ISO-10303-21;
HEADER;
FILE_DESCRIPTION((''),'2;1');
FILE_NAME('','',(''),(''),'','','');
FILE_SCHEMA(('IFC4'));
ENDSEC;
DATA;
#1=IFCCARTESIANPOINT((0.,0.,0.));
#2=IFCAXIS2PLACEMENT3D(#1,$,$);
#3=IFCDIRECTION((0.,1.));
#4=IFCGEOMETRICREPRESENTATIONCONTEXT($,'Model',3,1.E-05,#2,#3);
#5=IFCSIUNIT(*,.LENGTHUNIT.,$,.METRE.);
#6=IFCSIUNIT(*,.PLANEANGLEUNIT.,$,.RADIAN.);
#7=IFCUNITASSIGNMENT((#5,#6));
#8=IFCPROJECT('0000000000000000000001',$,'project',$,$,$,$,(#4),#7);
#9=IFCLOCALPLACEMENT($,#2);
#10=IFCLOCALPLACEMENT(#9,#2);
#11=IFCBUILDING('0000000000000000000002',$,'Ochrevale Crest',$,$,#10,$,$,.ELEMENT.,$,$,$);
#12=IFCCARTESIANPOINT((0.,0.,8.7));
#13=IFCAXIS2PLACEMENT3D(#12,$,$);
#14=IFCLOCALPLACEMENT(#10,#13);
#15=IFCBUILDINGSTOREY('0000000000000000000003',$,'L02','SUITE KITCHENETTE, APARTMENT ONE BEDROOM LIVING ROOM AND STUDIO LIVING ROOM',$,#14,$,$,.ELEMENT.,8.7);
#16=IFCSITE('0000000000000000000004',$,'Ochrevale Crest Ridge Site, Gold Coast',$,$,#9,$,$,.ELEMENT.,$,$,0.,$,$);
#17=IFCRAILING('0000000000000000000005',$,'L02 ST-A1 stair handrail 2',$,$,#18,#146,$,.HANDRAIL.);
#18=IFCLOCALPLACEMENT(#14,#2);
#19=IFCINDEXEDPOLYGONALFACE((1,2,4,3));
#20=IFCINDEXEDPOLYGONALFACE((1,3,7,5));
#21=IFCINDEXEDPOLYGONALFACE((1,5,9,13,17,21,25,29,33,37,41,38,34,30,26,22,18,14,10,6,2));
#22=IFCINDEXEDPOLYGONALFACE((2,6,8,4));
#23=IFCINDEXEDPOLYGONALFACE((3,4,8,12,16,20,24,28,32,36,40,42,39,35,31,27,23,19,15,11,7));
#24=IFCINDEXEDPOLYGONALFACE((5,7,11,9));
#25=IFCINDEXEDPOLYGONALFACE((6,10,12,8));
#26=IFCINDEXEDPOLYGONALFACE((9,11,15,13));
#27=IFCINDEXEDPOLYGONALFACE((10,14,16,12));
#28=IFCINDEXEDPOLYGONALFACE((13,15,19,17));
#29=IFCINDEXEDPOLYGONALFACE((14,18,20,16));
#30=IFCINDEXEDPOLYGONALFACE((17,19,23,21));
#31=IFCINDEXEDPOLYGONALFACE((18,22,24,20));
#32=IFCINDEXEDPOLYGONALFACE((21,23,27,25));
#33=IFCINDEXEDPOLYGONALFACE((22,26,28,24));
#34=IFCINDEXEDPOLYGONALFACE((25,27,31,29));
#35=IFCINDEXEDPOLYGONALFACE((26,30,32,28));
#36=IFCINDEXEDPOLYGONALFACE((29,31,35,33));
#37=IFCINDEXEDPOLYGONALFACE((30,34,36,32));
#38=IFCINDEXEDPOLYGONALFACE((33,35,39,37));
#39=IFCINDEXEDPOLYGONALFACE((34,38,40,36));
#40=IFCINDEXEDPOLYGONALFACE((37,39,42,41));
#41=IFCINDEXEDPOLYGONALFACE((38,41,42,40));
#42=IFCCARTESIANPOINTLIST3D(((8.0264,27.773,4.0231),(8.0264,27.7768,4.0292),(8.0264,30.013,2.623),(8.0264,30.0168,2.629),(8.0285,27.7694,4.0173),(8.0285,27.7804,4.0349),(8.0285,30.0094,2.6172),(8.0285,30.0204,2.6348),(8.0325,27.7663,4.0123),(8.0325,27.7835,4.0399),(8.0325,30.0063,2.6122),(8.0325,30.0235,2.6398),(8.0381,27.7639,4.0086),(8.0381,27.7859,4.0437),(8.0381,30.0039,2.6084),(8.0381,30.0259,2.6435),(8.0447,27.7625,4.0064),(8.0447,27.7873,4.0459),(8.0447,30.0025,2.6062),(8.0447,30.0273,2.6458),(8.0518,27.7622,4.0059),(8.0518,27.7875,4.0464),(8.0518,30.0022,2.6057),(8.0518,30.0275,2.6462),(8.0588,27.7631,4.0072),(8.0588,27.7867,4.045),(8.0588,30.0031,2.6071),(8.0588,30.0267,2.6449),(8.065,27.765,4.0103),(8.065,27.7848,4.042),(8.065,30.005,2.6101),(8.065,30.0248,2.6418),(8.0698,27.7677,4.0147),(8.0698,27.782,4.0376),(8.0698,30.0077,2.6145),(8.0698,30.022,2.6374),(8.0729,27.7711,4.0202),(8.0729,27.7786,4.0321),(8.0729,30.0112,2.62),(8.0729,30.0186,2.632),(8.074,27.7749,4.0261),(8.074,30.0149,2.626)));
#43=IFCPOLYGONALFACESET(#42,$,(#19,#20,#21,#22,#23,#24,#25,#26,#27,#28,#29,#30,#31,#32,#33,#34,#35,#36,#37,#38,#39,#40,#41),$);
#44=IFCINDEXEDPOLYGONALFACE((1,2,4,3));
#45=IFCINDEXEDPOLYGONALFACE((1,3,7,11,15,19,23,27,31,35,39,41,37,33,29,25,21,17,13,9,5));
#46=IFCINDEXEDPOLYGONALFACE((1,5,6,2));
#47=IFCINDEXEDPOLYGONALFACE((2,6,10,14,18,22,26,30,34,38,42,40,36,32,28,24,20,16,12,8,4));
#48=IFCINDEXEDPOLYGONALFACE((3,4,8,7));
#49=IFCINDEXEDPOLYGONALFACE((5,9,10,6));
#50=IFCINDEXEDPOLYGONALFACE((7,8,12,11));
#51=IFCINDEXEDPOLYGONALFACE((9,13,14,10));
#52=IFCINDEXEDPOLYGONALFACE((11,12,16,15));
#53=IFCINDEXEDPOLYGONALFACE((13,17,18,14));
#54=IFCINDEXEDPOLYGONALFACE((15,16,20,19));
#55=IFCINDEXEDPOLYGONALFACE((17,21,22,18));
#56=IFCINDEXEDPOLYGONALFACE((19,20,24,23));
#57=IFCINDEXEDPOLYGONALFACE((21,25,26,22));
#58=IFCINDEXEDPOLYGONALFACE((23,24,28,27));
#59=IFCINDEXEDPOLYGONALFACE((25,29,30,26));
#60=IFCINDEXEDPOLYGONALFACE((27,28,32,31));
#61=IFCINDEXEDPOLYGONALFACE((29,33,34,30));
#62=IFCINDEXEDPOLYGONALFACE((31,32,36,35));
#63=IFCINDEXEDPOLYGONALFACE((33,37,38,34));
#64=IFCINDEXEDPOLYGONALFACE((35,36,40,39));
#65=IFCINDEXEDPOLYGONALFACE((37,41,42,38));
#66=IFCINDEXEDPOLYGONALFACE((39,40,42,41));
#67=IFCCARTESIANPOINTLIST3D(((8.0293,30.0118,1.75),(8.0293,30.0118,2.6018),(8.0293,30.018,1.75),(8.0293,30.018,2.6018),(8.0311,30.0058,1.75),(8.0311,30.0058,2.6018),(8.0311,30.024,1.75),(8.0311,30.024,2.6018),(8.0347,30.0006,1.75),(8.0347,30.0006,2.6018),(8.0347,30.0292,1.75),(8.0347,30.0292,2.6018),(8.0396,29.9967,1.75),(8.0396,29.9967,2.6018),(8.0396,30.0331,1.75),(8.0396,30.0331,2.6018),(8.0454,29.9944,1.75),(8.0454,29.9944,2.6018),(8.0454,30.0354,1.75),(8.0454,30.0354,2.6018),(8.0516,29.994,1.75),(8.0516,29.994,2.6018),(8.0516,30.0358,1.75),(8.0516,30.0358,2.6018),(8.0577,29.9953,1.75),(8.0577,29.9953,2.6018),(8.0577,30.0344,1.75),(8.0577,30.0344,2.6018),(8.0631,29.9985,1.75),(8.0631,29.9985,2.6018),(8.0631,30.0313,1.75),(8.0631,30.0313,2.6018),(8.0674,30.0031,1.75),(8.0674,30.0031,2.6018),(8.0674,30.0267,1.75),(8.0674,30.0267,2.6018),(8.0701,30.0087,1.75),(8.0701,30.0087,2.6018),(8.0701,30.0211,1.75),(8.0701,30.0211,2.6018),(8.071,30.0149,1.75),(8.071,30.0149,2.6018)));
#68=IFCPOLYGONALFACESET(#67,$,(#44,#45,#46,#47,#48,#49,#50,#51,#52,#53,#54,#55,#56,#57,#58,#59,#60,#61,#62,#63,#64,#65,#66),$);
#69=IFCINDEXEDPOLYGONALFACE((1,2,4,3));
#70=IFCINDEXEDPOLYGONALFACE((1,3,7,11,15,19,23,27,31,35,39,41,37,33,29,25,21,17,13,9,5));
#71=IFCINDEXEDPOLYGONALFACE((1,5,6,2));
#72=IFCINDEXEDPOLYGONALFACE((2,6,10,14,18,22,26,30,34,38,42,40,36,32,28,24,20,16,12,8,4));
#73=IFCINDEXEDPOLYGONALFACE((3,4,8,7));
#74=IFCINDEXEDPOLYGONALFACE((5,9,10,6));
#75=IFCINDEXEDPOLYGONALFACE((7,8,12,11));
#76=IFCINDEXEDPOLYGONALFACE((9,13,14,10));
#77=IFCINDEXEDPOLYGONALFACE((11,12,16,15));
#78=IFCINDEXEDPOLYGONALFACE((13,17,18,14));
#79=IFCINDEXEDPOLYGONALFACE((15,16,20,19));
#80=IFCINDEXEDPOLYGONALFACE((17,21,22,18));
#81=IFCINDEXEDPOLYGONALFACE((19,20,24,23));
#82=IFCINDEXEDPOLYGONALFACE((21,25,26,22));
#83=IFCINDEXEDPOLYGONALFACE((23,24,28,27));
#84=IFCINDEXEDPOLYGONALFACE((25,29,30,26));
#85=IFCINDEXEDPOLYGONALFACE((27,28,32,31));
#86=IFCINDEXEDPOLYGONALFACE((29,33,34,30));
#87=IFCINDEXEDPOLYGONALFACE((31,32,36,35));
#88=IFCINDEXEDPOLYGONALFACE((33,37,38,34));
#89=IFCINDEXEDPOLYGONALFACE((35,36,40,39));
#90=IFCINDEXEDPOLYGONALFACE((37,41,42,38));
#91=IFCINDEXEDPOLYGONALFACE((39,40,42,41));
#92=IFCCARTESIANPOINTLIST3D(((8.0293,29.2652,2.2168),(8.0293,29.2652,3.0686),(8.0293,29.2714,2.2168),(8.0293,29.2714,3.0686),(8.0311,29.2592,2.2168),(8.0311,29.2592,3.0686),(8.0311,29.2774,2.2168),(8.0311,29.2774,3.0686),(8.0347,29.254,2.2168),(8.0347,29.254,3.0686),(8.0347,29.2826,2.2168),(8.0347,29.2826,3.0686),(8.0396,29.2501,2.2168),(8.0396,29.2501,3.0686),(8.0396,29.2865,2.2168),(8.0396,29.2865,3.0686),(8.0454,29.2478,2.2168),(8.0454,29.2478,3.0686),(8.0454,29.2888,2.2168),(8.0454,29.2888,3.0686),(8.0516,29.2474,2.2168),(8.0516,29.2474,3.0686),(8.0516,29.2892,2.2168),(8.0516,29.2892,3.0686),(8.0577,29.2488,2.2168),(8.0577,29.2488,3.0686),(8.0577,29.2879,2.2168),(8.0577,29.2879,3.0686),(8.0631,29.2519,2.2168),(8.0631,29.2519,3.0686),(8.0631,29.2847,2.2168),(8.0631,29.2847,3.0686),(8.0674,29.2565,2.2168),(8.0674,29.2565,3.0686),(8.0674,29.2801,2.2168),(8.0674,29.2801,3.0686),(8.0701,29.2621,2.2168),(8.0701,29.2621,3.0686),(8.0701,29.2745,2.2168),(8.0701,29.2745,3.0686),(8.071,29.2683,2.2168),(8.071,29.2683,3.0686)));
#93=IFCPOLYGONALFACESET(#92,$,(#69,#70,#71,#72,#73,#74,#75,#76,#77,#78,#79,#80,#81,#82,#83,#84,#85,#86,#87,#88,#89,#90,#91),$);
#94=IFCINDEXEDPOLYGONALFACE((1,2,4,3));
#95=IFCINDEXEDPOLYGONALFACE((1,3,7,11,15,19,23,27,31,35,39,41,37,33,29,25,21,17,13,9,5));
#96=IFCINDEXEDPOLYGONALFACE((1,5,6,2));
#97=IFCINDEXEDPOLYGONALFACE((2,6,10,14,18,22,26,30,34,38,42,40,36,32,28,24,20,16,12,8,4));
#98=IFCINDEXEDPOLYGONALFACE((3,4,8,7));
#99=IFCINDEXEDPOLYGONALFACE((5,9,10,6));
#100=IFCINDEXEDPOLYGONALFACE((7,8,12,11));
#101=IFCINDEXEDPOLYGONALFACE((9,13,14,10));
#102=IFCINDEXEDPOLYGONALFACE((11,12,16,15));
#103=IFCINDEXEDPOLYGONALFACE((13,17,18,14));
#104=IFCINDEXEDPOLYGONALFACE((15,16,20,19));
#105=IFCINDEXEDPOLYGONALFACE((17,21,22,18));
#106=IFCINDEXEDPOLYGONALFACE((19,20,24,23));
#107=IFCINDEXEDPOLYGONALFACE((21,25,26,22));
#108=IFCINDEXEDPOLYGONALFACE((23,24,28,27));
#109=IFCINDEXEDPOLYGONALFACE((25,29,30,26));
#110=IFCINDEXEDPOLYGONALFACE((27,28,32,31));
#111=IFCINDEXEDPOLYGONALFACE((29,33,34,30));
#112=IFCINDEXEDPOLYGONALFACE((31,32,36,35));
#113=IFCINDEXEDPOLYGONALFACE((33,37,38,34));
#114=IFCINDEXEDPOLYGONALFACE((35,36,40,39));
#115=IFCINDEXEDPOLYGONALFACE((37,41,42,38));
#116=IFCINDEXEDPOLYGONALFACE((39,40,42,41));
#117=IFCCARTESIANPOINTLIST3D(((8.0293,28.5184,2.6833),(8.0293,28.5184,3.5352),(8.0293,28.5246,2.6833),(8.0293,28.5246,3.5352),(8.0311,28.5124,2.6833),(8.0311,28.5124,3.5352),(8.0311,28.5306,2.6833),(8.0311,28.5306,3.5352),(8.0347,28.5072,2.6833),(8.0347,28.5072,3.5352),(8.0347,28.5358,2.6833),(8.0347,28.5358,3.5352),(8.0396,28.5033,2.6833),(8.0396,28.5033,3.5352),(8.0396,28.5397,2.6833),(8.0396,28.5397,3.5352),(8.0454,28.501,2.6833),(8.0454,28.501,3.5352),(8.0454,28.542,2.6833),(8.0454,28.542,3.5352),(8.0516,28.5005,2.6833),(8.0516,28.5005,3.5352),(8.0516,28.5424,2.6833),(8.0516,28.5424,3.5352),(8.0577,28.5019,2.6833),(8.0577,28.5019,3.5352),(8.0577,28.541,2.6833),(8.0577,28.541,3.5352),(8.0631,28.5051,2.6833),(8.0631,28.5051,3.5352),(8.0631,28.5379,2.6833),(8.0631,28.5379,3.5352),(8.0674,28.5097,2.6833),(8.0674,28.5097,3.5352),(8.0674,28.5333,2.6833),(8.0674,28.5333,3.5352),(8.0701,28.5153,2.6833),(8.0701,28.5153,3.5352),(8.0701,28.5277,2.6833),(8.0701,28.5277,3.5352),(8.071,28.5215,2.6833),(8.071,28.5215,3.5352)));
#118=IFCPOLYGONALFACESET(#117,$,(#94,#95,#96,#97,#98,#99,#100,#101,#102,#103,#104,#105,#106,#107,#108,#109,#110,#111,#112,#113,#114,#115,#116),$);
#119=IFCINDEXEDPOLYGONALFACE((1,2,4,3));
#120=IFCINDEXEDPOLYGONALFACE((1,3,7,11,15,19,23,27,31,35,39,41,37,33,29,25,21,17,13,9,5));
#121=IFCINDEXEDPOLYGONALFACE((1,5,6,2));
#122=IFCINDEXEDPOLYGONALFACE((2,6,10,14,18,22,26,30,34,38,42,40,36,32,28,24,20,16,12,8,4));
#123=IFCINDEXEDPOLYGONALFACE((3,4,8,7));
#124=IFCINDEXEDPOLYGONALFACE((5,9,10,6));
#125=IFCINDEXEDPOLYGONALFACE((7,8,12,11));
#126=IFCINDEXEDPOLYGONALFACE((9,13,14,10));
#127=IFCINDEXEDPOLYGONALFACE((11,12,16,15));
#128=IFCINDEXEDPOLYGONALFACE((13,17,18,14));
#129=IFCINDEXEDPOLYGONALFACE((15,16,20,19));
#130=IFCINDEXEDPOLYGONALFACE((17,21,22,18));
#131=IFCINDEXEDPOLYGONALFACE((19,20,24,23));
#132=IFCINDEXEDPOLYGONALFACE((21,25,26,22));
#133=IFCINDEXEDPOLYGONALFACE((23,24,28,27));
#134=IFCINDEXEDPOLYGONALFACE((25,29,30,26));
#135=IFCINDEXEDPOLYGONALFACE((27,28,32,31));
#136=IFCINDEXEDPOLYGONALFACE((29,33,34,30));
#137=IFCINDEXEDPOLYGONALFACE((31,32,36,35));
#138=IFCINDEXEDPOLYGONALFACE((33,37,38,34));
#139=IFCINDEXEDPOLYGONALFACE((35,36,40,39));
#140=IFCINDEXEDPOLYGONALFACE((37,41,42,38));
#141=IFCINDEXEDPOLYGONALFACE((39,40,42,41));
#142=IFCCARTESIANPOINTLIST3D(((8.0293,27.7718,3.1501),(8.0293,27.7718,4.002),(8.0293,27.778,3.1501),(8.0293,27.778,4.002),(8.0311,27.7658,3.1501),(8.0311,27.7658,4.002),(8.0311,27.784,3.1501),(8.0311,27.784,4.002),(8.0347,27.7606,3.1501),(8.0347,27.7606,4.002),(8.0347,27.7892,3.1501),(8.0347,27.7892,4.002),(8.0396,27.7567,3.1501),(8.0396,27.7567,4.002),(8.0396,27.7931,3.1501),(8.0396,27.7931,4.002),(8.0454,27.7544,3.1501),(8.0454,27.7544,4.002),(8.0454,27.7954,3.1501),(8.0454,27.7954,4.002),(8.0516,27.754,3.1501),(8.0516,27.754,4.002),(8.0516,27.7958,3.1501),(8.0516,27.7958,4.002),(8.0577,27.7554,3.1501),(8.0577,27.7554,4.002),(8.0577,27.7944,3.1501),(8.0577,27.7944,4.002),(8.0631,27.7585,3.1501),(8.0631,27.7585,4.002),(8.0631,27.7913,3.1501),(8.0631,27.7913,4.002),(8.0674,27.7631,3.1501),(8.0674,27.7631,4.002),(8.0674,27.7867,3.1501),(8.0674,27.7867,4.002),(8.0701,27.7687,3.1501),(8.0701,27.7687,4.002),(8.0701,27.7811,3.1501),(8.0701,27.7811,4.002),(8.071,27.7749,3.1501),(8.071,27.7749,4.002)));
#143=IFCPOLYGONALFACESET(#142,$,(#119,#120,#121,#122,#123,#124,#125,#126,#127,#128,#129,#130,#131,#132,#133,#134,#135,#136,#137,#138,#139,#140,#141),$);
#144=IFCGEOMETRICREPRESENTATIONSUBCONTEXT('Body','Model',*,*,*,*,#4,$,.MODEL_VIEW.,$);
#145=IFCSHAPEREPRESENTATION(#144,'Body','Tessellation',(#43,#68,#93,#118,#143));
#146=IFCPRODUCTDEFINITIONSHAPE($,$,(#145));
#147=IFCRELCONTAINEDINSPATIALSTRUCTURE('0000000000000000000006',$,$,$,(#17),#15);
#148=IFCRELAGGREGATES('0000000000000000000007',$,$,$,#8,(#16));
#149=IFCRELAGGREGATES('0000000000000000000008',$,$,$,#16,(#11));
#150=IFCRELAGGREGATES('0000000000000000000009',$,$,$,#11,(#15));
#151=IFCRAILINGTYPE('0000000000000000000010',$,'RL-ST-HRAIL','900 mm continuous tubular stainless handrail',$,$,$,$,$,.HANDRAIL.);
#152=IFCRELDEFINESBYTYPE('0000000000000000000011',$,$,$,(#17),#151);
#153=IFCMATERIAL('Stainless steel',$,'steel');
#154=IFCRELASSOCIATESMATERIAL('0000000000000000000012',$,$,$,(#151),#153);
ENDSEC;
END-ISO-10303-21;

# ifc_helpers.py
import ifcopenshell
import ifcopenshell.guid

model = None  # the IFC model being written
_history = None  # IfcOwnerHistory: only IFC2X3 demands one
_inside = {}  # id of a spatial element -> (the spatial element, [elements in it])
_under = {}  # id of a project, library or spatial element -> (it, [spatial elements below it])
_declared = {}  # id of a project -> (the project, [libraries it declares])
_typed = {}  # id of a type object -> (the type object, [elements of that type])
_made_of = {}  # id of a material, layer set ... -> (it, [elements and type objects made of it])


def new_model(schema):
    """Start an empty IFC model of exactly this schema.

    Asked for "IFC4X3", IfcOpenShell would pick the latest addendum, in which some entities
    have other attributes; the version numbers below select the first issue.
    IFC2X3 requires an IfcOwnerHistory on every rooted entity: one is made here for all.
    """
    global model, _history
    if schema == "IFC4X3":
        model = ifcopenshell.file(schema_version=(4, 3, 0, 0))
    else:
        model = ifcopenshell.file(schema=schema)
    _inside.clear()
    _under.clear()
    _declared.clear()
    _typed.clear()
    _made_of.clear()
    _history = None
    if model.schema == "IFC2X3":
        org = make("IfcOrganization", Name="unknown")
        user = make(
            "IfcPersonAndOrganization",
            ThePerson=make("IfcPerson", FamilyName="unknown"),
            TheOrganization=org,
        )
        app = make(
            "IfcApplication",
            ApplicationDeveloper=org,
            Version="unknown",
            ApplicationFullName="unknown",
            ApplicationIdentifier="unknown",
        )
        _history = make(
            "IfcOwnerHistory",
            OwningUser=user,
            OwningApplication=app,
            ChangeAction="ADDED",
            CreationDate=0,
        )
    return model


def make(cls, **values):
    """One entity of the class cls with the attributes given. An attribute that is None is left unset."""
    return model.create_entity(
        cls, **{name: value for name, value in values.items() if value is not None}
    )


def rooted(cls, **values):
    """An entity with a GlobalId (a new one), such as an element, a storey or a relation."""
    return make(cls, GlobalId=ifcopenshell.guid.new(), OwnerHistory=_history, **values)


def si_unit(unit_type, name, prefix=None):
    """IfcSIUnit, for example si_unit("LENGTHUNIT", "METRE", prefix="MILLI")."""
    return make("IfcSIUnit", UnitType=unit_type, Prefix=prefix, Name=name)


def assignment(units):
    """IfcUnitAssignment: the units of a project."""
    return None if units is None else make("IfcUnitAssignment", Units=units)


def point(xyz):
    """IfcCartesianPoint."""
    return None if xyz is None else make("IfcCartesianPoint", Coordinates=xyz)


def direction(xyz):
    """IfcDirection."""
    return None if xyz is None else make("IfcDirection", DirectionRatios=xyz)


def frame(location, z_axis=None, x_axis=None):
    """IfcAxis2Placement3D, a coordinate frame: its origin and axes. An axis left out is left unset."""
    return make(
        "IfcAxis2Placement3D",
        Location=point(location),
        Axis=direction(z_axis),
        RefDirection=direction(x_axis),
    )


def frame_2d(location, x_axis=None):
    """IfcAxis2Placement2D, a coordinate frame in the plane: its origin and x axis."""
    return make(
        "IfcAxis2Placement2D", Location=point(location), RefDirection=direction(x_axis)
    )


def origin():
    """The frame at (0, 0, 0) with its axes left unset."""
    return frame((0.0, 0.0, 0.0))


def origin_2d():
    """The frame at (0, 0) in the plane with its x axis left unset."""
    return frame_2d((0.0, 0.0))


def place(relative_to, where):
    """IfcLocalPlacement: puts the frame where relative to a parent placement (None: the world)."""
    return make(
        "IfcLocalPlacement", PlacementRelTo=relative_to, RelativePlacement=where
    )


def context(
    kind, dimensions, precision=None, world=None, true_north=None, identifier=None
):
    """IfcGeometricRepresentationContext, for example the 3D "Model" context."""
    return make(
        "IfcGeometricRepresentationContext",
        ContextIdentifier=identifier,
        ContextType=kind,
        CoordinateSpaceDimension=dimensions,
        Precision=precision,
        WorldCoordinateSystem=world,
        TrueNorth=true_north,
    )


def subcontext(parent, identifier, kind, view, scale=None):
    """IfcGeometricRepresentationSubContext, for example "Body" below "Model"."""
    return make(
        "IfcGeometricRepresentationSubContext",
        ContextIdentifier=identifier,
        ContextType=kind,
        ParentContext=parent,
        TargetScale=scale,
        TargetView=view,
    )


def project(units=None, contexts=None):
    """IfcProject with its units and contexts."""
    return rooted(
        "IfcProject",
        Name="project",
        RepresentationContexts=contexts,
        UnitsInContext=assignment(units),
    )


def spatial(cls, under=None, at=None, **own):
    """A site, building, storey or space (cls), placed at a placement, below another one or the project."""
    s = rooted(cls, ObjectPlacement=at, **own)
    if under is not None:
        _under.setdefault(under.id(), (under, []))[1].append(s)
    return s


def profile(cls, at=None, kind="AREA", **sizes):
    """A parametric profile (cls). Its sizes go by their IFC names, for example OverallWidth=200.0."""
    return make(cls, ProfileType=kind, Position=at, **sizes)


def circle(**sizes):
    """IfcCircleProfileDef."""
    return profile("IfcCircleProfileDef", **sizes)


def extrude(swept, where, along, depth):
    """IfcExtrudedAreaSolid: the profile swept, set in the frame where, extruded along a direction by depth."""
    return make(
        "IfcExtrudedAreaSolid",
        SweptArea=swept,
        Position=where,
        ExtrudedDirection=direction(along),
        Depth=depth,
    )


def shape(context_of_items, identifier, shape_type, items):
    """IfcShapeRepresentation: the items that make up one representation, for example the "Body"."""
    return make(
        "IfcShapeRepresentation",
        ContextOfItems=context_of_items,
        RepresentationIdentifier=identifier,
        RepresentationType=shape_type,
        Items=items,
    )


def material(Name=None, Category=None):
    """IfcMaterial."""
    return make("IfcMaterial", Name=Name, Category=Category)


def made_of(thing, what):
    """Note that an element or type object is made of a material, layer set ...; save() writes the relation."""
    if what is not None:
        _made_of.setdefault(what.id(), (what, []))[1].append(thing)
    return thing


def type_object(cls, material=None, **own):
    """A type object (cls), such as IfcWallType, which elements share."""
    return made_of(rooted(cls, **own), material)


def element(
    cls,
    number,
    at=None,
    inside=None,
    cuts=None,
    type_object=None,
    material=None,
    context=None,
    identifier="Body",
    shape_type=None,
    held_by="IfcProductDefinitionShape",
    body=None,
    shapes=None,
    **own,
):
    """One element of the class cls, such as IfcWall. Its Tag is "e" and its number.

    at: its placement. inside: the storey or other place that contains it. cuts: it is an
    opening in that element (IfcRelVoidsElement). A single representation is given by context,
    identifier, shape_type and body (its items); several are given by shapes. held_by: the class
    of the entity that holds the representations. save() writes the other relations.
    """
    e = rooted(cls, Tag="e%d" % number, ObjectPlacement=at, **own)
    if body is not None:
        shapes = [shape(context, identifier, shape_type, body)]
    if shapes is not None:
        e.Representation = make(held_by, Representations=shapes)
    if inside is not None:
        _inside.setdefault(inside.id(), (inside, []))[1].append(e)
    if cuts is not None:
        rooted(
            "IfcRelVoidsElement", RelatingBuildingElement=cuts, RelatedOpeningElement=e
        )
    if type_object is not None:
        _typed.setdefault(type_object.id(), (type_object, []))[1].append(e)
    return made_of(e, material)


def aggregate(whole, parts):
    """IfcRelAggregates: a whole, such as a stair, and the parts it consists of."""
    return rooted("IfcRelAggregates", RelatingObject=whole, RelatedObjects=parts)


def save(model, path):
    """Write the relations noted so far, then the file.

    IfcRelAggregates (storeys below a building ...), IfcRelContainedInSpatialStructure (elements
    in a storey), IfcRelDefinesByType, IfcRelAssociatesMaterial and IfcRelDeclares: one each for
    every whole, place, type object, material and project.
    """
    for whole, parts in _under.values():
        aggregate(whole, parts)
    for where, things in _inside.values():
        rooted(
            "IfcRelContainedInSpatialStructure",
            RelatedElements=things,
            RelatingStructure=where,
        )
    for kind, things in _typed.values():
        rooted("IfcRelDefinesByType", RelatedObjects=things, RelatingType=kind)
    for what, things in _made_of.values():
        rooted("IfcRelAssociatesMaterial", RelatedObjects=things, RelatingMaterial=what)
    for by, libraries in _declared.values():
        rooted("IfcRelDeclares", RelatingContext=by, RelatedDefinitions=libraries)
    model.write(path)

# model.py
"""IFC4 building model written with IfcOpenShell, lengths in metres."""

from ifc_helpers import new_model, si_unit, direction, frame, origin, origin_2d, place, context, subcontext, project, spatial, circle, extrude, material, type_object, element, save


model = new_model("IFC4")

# Units and contexts
model_context = context("Model", 3, precision=1e-05, world=origin(), true_north=direction((0.0, 1.0)))
body_context = subcontext(model_context, "Body", "Model", "MODEL_VIEW")
ifc_project = project(units=[si_unit("LENGTHUNIT", "METRE"), si_unit("PLANEANGLEUNIT", "RADIAN")], contexts=[model_context])

# Site, building, storey
site_placement = place(None, origin())
site = spatial("IfcSite", under=ifc_project, at=site_placement, Name="Ochrevale Crest Ridge Site, Gold Coast", CompositionType="ELEMENT", RefElevation=0.0)
building_placement = place(site_placement, origin())
building = spatial("IfcBuilding", under=site, at=building_placement, Name="Ochrevale Crest", CompositionType="ELEMENT")
storey_placement = place(building_placement, frame((0.0, 0.0, 8.7)))
storey = spatial("IfcBuildingStorey", under=building, at=storey_placement, Name="L02", Description="SUITE KITCHENETTE, APARTMENT ONE BEDROOM LIVING ROOM AND STUDIO LIVING ROOM", CompositionType="ELEMENT", Elevation=8.7)

# Railing
ifc_material_1 = material(Name="Stainless steel", Category="steel")
railing_type_1 = type_object("IfcRailingType", Name="RL-ST-HRAIL", Description="900 mm continuous tubular stainless handrail", PredefinedType="HANDRAIL", material=ifc_material_1)
railing_1_placement = place(storey_placement, frame((8.05, 30.0149, 1.75)))
element("IfcRailing", 1, at=railing_1_placement, inside=storey, type_object=railing_type_1, Name="L02 ST-A1 stair handrail 2", PredefinedType="HANDRAIL", context=body_context, shape_type="SweptSolid", body=[
    extrude(circle(Radius=0.0239, at=origin_2d()), frame((0.0, 0.0, 0.876), z_axis=(0.0, -0.847972, 0.53004), x_axis=(1.0, 0.0, 0.0)), (0.0, 0.0, 1.0), 2.6416),
    extrude(circle(Radius=0.021, at=origin_2d()), origin(), (0.0, 0.0, 1.0), 0.8518),
    extrude(circle(Radius=0.021, at=origin_2d()), frame((0.0, -0.7466, 0.4668)), (0.0, 0.0, 1.0), 0.8518),
    extrude(circle(Radius=0.021, at=origin_2d()), frame((0.0, -1.4934, 0.9333)), (0.0, 0.0, 1.0), 0.8518),
    extrude(circle(Radius=0.021, at=origin_2d()), frame((0.0, -2.24, 1.4001)), (0.0, 0.0, 1.0), 0.8518),
])

save(model, "model.ifc")
